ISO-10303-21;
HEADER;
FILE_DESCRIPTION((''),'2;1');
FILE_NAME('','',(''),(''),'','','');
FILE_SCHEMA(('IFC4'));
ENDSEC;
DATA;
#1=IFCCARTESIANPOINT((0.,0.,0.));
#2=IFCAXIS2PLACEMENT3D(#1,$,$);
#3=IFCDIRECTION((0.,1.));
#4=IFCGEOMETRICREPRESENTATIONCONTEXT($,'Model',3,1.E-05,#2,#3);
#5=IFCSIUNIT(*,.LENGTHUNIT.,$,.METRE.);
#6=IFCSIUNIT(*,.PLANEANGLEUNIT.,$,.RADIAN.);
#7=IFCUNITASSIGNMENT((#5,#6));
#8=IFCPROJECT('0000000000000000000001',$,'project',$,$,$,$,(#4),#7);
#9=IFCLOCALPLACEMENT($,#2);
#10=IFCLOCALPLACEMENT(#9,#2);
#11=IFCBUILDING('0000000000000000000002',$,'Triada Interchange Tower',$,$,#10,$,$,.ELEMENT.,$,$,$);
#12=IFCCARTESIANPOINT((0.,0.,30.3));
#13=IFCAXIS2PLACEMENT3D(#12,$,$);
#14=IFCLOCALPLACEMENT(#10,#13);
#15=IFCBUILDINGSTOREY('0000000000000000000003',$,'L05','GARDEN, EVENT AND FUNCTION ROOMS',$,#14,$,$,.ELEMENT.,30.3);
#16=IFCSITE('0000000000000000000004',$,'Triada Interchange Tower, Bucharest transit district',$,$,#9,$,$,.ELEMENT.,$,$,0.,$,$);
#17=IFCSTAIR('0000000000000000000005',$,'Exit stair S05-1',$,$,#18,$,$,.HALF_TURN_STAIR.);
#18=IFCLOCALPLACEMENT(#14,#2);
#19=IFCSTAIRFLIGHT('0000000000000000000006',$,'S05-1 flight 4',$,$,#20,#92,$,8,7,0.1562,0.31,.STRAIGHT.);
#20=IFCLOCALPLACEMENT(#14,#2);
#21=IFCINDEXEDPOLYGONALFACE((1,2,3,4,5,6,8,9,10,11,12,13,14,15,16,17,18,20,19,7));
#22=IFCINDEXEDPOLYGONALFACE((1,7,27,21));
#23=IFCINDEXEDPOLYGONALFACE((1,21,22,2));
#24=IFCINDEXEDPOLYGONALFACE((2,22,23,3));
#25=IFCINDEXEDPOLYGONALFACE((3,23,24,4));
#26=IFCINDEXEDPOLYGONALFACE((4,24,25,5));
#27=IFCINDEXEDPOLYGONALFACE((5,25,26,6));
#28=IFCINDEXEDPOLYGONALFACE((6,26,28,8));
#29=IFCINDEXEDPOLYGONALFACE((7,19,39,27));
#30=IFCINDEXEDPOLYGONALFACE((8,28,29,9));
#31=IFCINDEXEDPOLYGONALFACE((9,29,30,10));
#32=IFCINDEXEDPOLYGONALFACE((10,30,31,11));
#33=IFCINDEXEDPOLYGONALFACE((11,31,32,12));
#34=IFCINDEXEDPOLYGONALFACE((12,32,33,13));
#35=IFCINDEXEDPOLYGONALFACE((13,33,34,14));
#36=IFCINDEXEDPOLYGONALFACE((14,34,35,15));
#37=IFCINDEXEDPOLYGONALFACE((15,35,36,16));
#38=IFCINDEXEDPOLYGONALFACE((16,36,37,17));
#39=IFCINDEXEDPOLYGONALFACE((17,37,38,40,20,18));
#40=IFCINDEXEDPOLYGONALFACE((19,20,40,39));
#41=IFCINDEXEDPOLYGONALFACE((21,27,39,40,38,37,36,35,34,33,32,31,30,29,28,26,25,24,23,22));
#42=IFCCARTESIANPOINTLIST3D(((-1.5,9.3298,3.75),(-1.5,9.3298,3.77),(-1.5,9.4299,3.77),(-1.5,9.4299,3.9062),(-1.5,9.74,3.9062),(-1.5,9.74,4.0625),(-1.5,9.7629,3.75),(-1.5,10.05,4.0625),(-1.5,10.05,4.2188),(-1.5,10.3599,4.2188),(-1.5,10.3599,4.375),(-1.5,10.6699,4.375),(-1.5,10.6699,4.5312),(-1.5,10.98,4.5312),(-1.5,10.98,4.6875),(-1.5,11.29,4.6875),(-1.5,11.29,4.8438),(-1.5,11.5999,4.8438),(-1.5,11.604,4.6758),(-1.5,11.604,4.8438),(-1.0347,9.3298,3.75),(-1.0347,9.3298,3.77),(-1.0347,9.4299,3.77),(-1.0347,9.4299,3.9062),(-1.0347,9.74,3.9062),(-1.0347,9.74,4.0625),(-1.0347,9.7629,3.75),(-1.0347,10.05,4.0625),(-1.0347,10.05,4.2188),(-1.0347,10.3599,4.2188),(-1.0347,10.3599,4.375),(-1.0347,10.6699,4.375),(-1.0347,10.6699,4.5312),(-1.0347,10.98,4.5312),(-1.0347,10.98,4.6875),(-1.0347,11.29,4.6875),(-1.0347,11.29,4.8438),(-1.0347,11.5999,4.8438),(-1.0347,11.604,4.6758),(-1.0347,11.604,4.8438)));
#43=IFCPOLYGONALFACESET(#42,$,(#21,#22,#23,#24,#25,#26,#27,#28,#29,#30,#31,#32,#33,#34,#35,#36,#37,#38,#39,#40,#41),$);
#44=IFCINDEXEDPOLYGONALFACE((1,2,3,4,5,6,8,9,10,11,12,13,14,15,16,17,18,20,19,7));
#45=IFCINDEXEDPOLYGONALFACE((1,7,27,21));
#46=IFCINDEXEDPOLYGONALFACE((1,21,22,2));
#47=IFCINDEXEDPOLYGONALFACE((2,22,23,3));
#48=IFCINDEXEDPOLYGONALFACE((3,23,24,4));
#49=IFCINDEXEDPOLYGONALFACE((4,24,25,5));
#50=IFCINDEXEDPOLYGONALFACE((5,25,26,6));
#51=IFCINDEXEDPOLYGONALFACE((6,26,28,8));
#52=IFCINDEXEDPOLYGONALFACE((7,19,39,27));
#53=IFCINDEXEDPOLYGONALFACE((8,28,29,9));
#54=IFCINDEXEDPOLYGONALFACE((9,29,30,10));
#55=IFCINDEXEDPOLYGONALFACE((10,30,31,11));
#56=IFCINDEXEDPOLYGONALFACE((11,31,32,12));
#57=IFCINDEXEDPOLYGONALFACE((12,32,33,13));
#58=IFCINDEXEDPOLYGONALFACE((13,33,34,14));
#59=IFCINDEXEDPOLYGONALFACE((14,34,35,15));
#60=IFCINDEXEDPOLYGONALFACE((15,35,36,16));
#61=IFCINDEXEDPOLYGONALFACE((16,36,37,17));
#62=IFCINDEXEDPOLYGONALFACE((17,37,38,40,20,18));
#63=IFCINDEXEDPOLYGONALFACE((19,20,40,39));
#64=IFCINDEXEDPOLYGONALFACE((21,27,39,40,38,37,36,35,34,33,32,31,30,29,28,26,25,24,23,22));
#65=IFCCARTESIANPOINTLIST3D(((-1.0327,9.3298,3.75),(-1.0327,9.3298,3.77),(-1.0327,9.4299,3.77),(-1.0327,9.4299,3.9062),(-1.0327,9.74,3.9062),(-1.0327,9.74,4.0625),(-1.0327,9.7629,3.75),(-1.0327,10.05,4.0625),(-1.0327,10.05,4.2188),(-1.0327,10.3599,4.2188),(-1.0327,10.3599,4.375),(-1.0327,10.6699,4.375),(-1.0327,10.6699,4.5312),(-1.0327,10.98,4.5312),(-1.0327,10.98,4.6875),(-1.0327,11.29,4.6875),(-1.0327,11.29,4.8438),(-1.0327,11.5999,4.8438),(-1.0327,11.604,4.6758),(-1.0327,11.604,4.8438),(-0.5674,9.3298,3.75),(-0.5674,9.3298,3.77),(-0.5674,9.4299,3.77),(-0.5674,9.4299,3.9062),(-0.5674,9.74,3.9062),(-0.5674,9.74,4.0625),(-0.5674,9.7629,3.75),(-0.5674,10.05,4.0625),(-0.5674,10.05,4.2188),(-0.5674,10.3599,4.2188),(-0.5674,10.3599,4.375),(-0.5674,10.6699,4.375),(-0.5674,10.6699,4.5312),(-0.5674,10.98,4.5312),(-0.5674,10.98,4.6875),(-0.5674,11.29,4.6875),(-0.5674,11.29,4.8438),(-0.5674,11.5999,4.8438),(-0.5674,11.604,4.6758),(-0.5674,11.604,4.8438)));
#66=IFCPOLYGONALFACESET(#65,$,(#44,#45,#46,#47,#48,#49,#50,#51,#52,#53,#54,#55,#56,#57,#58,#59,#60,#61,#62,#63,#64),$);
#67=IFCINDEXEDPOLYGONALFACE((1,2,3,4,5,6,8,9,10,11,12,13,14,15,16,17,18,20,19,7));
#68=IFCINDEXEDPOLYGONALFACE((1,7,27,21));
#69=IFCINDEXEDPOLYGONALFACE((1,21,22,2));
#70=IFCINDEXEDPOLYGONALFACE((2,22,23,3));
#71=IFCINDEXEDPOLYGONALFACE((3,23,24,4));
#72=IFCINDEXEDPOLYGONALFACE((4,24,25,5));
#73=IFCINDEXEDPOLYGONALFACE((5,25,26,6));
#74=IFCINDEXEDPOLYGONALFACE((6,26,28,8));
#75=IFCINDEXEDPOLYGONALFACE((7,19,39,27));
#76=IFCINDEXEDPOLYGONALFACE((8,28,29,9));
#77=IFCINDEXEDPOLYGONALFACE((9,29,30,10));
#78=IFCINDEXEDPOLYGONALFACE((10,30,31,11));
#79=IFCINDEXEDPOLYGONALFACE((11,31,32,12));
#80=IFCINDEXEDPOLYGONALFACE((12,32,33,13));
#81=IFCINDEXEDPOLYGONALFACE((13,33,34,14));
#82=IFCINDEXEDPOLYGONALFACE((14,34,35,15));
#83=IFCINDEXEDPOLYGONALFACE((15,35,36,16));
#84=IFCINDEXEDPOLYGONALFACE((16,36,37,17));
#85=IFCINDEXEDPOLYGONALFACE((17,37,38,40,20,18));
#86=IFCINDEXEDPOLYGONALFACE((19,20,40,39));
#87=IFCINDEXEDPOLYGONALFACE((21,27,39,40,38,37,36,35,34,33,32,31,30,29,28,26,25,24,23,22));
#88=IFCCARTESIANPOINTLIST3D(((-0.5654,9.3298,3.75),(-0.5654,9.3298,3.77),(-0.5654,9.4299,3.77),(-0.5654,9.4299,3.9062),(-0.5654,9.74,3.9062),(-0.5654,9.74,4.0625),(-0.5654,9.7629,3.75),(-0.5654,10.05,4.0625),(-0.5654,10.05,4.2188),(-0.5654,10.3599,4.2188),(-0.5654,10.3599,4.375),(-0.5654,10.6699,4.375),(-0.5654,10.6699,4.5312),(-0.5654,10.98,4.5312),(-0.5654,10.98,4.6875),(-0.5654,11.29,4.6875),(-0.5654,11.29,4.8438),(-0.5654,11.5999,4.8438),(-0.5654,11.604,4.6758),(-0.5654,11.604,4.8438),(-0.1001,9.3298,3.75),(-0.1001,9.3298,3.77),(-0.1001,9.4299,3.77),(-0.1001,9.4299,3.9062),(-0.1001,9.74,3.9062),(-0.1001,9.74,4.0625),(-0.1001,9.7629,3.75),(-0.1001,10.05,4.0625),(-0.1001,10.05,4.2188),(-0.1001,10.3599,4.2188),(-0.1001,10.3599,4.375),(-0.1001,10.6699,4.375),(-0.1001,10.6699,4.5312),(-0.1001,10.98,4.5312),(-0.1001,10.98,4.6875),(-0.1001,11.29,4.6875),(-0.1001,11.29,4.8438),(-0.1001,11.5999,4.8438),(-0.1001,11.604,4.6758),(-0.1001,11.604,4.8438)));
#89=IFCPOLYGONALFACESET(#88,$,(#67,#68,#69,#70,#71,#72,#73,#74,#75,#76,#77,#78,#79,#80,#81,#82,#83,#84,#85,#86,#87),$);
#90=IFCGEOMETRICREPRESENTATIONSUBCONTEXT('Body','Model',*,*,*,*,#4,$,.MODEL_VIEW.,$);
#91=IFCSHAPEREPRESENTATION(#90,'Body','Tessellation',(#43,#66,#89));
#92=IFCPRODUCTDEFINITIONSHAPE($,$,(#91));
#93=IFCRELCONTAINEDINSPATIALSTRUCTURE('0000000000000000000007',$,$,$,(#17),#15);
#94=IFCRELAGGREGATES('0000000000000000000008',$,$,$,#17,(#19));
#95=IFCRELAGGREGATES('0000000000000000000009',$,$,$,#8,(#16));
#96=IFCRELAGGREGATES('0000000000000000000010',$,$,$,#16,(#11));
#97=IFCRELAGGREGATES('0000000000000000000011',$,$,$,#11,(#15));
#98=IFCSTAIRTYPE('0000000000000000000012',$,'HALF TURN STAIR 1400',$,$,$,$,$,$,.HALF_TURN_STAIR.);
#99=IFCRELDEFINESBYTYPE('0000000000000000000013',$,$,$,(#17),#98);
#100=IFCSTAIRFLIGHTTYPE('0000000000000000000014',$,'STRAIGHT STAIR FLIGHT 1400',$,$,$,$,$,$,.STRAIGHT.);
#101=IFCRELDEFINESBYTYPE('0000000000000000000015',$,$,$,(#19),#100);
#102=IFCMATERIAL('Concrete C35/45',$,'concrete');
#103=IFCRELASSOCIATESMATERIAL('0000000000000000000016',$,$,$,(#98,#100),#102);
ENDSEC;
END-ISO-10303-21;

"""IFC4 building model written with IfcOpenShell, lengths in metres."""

from ifc_helpers import new_model, si_unit, direction, frame, origin, place, context, subcontext, project, spatial, polyline, outline, extrude, material, type_object, element, aggregate, save


model = new_model("IFC4")

# Units and contexts
model_context = context("Model", 3, precision=1e-05, world=origin(), true_north=direction((0.0, 1.0)))
body_context = subcontext(model_context, "Body", "Model", "MODEL_VIEW")
ifc_project = project(units=[si_unit("LENGTHUNIT", "METRE"), si_unit("PLANEANGLEUNIT", "RADIAN")], contexts=[model_context])

# Site, building, storey
site_placement = place(None, origin())
site = spatial("IfcSite", under=ifc_project, at=site_placement, Name="Triada Interchange Tower, Bucharest transit district", CompositionType="ELEMENT", RefElevation=0.0)
building_placement = place(site_placement, origin())
building = spatial("IfcBuilding", under=site, at=building_placement, Name="Triada Interchange Tower", CompositionType="ELEMENT")
storey_placement = place(building_placement, frame((0.0, 0.0, 30.3)))
storey = spatial("IfcBuildingStorey", under=building, at=storey_placement, Name="L05", Description="GARDEN, EVENT AND FUNCTION ROOMS", CompositionType="ELEMENT", Elevation=30.3)

# Stair, stair flight
ifc_material_1 = material(Name="Concrete C35/45", Category="concrete")
stair_type = type_object("IfcStairType", Name="HALF TURN STAIR 1400", PredefinedType="HALF_TURN_STAIR", material=ifc_material_1)
stair_placement = place(storey_placement, origin())
stair = element("IfcStair", 1, at=stair_placement, inside=storey, type_object=stair_type, Name="Exit stair S05-1", PredefinedType="HALF_TURN_STAIR")
stair_flight_type = type_object("IfcStairFlightType", Name="STRAIGHT STAIR FLIGHT 1400", PredefinedType="STRAIGHT", material=ifc_material_1)
stair_flight_1_placement = place(storey_placement, frame((-0.8, 9.4299, 3.75), z_axis=(0.0, 0.0, 1.0), x_axis=(0.0, 1.0, 0.0)))
stair_flight_1 = element("IfcStairFlight", 2, at=stair_flight_1_placement, type_object=stair_flight_type, Name="S05-1 flight 4", NumberOfRisers=8, NumberOfTreads=7, PredefinedType="STRAIGHT", RiserHeight=0.1562, TreadLength=0.31, context=body_context, shape_type="SweptSolid", body=[
    extrude(outline(polyline([(-0.1001, 0.0), (-0.1001, 0.02), (0.0, 0.02), (0.0, 0.1562), (0.3101, 0.1562), (0.3101, 0.3125), (0.6201, 0.3125), (0.6201, 0.4688), (0.9299, 0.4688), (0.9299, 0.625), (1.24, 0.625), (1.24, 0.7812), (1.55, 0.7812), (1.55, 0.9375), (1.8601, 0.9375), (1.8601, 1.0938), (2.1699, 1.0938), (2.1741, 1.0938), (2.1741, 1.25), (2.1741, 0.9258), (0.333, 0.0), (-0.1001, 0.0)])), frame((0.0, 0.7, 0.0), z_axis=(0.0, -1.0, 0.0), x_axis=(1.0, 0.0, 0.0)), (0.0, 0.0, 1.0), 0.4653),
    extrude(outline(polyline([(-0.1001, 0.0), (-0.1001, 0.02), (0.0, 0.02), (0.0, 0.1562), (0.3101, 0.1562), (0.3101, 0.3125), (0.6201, 0.3125), (0.6201, 0.4688), (0.9299, 0.4688), (0.9299, 0.625), (1.24, 0.625), (1.24, 0.7812), (1.55, 0.7812), (1.55, 0.9375), (1.8601, 0.9375), (1.8601, 1.0938), (2.1699, 1.0938), (2.1741, 1.0938), (2.1741, 1.25), (2.1741, 0.9258), (0.333, 0.0), (-0.1001, 0.0)])), frame((0.0, 0.2327, 0.0), z_axis=(0.0, -1.0, 0.0), x_axis=(1.0, 0.0, 0.0)), (0.0, 0.0, 1.0), 0.4653),
    extrude(outline(polyline([(-0.1001, 0.0), (-0.1001, 0.02), (0.0, 0.02), (0.0, 0.1562), (0.3101, 0.1562), (0.3101, 0.3125), (0.6201, 0.3125), (0.6201, 0.4688), (0.9299, 0.4688), (0.9299, 0.625), (1.24, 0.625), (1.24, 0.7812), (1.55, 0.7812), (1.55, 0.9375), (1.8601, 0.9375), (1.8601, 1.0938), (2.1699, 1.0938), (2.1741, 1.0938), (2.1741, 1.25), (2.1741, 0.9258), (0.333, 0.0), (-0.1001, 0.0)])), frame((0.0, -0.2346, 0.0), z_axis=(0.0, -1.0, 0.0), x_axis=(1.0, 0.0, 0.0)), (0.0, 0.0, 1.0), 0.4653),
])
aggregate(stair, [stair_flight_1])

save(model, "model.ifc")
